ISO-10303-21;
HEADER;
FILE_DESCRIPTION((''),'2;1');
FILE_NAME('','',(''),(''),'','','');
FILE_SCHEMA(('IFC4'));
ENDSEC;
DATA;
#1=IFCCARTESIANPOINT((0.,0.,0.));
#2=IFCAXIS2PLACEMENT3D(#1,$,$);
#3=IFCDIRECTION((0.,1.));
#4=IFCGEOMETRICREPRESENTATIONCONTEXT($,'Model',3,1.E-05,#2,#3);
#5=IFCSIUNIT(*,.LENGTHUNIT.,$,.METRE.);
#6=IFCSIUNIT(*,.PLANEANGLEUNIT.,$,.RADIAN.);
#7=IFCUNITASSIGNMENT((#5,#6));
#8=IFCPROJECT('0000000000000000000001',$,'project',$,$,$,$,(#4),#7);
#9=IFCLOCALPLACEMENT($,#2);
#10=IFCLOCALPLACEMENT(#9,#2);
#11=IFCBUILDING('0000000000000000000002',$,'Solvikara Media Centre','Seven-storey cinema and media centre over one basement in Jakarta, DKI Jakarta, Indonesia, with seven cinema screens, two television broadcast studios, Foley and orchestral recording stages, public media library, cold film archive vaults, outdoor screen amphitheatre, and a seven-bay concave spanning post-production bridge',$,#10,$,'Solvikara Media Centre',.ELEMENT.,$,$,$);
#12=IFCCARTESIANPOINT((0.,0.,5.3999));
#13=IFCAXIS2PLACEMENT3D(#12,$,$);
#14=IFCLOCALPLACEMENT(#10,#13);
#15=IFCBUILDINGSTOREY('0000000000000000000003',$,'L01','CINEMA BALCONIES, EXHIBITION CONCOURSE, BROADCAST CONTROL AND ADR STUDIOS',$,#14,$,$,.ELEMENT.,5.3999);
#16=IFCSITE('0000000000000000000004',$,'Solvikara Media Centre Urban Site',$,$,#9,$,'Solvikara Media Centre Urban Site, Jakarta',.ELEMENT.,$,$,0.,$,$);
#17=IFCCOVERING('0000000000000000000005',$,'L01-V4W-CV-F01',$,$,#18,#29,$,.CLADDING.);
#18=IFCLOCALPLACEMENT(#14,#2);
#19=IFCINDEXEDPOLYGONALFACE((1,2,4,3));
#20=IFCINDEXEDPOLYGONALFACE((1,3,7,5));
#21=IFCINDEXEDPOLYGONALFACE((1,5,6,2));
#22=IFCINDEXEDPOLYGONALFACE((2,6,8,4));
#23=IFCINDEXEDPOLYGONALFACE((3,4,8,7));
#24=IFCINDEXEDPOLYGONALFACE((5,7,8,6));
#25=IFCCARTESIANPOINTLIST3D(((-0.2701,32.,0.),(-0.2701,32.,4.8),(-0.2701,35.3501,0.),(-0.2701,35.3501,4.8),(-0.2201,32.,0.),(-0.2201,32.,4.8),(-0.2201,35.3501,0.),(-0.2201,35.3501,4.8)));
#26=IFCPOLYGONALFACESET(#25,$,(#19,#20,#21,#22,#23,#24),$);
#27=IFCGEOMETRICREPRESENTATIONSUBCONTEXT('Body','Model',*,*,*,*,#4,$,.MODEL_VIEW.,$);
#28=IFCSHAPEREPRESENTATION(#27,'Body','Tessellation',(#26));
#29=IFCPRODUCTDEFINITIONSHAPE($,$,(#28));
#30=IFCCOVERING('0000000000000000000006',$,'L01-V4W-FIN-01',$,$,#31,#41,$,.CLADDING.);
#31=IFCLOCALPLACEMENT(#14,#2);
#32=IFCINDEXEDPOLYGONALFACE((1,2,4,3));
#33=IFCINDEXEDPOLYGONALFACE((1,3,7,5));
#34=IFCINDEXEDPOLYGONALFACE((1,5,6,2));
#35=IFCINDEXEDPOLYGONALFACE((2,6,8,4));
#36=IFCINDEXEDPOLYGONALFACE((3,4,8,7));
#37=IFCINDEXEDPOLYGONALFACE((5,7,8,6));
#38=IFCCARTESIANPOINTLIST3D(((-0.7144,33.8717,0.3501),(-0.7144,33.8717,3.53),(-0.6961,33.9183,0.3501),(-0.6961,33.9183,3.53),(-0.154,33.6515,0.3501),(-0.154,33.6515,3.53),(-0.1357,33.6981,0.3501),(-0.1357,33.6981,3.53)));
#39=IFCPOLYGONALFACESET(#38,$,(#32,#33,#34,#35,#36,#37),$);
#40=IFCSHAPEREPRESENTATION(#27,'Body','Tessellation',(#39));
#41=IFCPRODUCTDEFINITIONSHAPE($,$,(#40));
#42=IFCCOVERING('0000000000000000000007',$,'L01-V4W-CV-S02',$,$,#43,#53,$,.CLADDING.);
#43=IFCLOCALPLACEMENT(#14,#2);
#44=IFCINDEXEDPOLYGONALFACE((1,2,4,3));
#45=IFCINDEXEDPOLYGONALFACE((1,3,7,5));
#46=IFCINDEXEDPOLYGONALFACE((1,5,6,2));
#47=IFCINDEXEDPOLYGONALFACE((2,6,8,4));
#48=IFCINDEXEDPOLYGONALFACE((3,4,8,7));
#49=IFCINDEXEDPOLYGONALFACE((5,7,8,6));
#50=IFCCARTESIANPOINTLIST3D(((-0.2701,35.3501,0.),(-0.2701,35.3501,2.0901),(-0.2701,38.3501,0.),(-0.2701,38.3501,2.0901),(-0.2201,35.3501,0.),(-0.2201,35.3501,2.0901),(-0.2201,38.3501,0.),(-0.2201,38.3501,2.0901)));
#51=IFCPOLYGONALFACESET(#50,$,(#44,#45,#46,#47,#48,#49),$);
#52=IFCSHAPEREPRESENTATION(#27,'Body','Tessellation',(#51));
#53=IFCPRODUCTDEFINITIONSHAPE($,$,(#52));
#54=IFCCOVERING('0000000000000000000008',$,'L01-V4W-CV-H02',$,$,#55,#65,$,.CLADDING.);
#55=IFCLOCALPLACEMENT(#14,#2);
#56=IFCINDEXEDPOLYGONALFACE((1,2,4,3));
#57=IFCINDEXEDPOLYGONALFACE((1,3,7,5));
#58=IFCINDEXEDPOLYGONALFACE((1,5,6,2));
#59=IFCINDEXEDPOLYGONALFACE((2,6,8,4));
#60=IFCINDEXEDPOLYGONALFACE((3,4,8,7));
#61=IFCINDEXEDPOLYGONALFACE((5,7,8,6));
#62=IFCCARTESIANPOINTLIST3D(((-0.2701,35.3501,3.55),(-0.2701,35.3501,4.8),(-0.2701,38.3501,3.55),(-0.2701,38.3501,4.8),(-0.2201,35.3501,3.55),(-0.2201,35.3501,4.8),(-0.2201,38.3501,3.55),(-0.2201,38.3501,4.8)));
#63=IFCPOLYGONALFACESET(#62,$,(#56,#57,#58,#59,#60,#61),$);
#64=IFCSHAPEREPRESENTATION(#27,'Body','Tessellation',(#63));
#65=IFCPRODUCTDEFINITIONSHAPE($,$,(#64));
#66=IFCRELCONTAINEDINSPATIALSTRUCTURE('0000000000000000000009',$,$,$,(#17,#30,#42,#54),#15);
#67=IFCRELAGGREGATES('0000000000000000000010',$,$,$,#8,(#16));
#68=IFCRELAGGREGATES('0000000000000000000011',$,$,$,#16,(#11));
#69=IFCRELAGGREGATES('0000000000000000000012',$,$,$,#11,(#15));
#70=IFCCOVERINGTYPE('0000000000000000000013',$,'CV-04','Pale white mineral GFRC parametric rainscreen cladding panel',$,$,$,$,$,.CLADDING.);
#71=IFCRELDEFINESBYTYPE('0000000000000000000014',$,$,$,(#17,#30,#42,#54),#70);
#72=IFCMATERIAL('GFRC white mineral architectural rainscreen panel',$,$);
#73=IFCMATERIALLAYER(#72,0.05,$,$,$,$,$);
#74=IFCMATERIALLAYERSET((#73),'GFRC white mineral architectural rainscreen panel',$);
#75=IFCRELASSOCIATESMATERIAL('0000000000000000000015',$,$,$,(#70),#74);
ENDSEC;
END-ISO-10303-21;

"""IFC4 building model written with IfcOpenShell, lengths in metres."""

from ifc_helpers import new_model, si_unit, direction, frame, origin, origin_2d, place, context, subcontext, project, spatial, rectangle, extrude, material, layer, layer_set, type_object, element, save


model = new_model("IFC4")

# Units and contexts
model_context = context("Model", 3, precision=1e-05, world=origin(), true_north=direction((0.0, 1.0)))
body_context = subcontext(model_context, "Body", "Model", "MODEL_VIEW")
ifc_project = project(units=[si_unit("LENGTHUNIT", "METRE"), si_unit("PLANEANGLEUNIT", "RADIAN")], contexts=[model_context])

# Site, building, storey
site_placement = place(None, origin())
site = spatial("IfcSite", under=ifc_project, at=site_placement, Name="Solvikara Media Centre Urban Site", LongName="Solvikara Media Centre Urban Site, Jakarta", CompositionType="ELEMENT", RefElevation=0.0)
building_placement = place(site_placement, origin())
building = spatial("IfcBuilding", under=site, at=building_placement, Name="Solvikara Media Centre", Description="Seven-storey cinema and media centre over one basement in Jakarta, DKI Jakarta, Indonesia, with seven cinema screens, two television broadcast studios, Foley and orchestral recording stages, public media library, cold film archive vaults, outdoor screen amphitheatre, and a seven-bay concave spanning post-production bridge", LongName="Solvikara Media Centre", CompositionType="ELEMENT")
storey_placement = place(building_placement, frame((0.0, 0.0, 5.3999)))
storey = spatial("IfcBuildingStorey", under=building, at=storey_placement, Name="L01", Description="CINEMA BALCONIES, EXHIBITION CONCOURSE, BROADCAST CONTROL AND ADR STUDIOS", CompositionType="ELEMENT", Elevation=5.3999)

# Coverings
ifc_material_1 = material(Name="GFRC white mineral architectural rainscreen panel")
ifc_layer_1 = layer(ifc_material_1, 0.05)
ifc_layer_set_1 = layer_set([ifc_layer_1], Name="GFRC white mineral architectural rainscreen panel")
covering_type = type_object("IfcCoveringType", Name="CV-04", Description="Pale white mineral GFRC parametric rainscreen cladding panel", PredefinedType="CLADDING", material=ifc_layer_set_1)
covering_1_placement = place(storey_placement, frame((-0.2451, 33.675, 0.0), z_axis=(0.0, 0.0, 1.0), x_axis=(0.0, 1.0, 0.0)))
element("IfcCovering", 1, at=covering_1_placement, inside=storey, type_object=covering_type, Name="L01-V4W-CV-F01", PredefinedType="CLADDING", context=body_context, shape_type="SweptSolid", body=[
    extrude(rectangle(XDim=3.3501, YDim=0.05, at=origin_2d()), origin(), (0.0, 0.0, 1.0), 4.8),
])
covering_2_placement = place(storey_placement, frame((-0.425, 33.7849, 0.3501), z_axis=(0.0, 0.0, 1.0), x_axis=(-0.93075, 0.365657, 0.0)))
element("IfcCovering", 2, at=covering_2_placement, inside=storey, type_object=covering_type, Name="L01-V4W-FIN-01", PredefinedType="CLADDING", context=body_context, shape_type="SweptSolid", body=[
    extrude(rectangle(XDim=0.6021, YDim=0.05, at=origin_2d()), origin(), (0.0, 0.0, 1.0), 3.1799),
])
covering_3_placement = place(storey_placement, frame((-0.2451, 36.8501, 0.0), z_axis=(0.0, 0.0, 1.0), x_axis=(0.0, 1.0, 0.0)))
element("IfcCovering", 3, at=covering_3_placement, inside=storey, type_object=covering_type, Name="L01-V4W-CV-S02", PredefinedType="CLADDING", context=body_context, shape_type="SweptSolid", body=[
    extrude(rectangle(XDim=3.0, YDim=0.05, at=origin_2d()), origin(), (0.0, 0.0, 1.0), 2.0901),
])
covering_4_placement = place(storey_placement, frame((-0.2451, 36.8501, 3.55), z_axis=(0.0, 0.0, 1.0), x_axis=(0.0, 1.0, 0.0)))
element("IfcCovering", 4, at=covering_4_placement, inside=storey, type_object=covering_type, Name="L01-V4W-CV-H02", PredefinedType="CLADDING", context=body_context, shape_type="SweptSolid", body=[
    extrude(rectangle(XDim=3.0, YDim=0.05, at=origin_2d()), origin(), (0.0, 0.0, 1.0), 1.25),
])

save(model, "model.ifc")
